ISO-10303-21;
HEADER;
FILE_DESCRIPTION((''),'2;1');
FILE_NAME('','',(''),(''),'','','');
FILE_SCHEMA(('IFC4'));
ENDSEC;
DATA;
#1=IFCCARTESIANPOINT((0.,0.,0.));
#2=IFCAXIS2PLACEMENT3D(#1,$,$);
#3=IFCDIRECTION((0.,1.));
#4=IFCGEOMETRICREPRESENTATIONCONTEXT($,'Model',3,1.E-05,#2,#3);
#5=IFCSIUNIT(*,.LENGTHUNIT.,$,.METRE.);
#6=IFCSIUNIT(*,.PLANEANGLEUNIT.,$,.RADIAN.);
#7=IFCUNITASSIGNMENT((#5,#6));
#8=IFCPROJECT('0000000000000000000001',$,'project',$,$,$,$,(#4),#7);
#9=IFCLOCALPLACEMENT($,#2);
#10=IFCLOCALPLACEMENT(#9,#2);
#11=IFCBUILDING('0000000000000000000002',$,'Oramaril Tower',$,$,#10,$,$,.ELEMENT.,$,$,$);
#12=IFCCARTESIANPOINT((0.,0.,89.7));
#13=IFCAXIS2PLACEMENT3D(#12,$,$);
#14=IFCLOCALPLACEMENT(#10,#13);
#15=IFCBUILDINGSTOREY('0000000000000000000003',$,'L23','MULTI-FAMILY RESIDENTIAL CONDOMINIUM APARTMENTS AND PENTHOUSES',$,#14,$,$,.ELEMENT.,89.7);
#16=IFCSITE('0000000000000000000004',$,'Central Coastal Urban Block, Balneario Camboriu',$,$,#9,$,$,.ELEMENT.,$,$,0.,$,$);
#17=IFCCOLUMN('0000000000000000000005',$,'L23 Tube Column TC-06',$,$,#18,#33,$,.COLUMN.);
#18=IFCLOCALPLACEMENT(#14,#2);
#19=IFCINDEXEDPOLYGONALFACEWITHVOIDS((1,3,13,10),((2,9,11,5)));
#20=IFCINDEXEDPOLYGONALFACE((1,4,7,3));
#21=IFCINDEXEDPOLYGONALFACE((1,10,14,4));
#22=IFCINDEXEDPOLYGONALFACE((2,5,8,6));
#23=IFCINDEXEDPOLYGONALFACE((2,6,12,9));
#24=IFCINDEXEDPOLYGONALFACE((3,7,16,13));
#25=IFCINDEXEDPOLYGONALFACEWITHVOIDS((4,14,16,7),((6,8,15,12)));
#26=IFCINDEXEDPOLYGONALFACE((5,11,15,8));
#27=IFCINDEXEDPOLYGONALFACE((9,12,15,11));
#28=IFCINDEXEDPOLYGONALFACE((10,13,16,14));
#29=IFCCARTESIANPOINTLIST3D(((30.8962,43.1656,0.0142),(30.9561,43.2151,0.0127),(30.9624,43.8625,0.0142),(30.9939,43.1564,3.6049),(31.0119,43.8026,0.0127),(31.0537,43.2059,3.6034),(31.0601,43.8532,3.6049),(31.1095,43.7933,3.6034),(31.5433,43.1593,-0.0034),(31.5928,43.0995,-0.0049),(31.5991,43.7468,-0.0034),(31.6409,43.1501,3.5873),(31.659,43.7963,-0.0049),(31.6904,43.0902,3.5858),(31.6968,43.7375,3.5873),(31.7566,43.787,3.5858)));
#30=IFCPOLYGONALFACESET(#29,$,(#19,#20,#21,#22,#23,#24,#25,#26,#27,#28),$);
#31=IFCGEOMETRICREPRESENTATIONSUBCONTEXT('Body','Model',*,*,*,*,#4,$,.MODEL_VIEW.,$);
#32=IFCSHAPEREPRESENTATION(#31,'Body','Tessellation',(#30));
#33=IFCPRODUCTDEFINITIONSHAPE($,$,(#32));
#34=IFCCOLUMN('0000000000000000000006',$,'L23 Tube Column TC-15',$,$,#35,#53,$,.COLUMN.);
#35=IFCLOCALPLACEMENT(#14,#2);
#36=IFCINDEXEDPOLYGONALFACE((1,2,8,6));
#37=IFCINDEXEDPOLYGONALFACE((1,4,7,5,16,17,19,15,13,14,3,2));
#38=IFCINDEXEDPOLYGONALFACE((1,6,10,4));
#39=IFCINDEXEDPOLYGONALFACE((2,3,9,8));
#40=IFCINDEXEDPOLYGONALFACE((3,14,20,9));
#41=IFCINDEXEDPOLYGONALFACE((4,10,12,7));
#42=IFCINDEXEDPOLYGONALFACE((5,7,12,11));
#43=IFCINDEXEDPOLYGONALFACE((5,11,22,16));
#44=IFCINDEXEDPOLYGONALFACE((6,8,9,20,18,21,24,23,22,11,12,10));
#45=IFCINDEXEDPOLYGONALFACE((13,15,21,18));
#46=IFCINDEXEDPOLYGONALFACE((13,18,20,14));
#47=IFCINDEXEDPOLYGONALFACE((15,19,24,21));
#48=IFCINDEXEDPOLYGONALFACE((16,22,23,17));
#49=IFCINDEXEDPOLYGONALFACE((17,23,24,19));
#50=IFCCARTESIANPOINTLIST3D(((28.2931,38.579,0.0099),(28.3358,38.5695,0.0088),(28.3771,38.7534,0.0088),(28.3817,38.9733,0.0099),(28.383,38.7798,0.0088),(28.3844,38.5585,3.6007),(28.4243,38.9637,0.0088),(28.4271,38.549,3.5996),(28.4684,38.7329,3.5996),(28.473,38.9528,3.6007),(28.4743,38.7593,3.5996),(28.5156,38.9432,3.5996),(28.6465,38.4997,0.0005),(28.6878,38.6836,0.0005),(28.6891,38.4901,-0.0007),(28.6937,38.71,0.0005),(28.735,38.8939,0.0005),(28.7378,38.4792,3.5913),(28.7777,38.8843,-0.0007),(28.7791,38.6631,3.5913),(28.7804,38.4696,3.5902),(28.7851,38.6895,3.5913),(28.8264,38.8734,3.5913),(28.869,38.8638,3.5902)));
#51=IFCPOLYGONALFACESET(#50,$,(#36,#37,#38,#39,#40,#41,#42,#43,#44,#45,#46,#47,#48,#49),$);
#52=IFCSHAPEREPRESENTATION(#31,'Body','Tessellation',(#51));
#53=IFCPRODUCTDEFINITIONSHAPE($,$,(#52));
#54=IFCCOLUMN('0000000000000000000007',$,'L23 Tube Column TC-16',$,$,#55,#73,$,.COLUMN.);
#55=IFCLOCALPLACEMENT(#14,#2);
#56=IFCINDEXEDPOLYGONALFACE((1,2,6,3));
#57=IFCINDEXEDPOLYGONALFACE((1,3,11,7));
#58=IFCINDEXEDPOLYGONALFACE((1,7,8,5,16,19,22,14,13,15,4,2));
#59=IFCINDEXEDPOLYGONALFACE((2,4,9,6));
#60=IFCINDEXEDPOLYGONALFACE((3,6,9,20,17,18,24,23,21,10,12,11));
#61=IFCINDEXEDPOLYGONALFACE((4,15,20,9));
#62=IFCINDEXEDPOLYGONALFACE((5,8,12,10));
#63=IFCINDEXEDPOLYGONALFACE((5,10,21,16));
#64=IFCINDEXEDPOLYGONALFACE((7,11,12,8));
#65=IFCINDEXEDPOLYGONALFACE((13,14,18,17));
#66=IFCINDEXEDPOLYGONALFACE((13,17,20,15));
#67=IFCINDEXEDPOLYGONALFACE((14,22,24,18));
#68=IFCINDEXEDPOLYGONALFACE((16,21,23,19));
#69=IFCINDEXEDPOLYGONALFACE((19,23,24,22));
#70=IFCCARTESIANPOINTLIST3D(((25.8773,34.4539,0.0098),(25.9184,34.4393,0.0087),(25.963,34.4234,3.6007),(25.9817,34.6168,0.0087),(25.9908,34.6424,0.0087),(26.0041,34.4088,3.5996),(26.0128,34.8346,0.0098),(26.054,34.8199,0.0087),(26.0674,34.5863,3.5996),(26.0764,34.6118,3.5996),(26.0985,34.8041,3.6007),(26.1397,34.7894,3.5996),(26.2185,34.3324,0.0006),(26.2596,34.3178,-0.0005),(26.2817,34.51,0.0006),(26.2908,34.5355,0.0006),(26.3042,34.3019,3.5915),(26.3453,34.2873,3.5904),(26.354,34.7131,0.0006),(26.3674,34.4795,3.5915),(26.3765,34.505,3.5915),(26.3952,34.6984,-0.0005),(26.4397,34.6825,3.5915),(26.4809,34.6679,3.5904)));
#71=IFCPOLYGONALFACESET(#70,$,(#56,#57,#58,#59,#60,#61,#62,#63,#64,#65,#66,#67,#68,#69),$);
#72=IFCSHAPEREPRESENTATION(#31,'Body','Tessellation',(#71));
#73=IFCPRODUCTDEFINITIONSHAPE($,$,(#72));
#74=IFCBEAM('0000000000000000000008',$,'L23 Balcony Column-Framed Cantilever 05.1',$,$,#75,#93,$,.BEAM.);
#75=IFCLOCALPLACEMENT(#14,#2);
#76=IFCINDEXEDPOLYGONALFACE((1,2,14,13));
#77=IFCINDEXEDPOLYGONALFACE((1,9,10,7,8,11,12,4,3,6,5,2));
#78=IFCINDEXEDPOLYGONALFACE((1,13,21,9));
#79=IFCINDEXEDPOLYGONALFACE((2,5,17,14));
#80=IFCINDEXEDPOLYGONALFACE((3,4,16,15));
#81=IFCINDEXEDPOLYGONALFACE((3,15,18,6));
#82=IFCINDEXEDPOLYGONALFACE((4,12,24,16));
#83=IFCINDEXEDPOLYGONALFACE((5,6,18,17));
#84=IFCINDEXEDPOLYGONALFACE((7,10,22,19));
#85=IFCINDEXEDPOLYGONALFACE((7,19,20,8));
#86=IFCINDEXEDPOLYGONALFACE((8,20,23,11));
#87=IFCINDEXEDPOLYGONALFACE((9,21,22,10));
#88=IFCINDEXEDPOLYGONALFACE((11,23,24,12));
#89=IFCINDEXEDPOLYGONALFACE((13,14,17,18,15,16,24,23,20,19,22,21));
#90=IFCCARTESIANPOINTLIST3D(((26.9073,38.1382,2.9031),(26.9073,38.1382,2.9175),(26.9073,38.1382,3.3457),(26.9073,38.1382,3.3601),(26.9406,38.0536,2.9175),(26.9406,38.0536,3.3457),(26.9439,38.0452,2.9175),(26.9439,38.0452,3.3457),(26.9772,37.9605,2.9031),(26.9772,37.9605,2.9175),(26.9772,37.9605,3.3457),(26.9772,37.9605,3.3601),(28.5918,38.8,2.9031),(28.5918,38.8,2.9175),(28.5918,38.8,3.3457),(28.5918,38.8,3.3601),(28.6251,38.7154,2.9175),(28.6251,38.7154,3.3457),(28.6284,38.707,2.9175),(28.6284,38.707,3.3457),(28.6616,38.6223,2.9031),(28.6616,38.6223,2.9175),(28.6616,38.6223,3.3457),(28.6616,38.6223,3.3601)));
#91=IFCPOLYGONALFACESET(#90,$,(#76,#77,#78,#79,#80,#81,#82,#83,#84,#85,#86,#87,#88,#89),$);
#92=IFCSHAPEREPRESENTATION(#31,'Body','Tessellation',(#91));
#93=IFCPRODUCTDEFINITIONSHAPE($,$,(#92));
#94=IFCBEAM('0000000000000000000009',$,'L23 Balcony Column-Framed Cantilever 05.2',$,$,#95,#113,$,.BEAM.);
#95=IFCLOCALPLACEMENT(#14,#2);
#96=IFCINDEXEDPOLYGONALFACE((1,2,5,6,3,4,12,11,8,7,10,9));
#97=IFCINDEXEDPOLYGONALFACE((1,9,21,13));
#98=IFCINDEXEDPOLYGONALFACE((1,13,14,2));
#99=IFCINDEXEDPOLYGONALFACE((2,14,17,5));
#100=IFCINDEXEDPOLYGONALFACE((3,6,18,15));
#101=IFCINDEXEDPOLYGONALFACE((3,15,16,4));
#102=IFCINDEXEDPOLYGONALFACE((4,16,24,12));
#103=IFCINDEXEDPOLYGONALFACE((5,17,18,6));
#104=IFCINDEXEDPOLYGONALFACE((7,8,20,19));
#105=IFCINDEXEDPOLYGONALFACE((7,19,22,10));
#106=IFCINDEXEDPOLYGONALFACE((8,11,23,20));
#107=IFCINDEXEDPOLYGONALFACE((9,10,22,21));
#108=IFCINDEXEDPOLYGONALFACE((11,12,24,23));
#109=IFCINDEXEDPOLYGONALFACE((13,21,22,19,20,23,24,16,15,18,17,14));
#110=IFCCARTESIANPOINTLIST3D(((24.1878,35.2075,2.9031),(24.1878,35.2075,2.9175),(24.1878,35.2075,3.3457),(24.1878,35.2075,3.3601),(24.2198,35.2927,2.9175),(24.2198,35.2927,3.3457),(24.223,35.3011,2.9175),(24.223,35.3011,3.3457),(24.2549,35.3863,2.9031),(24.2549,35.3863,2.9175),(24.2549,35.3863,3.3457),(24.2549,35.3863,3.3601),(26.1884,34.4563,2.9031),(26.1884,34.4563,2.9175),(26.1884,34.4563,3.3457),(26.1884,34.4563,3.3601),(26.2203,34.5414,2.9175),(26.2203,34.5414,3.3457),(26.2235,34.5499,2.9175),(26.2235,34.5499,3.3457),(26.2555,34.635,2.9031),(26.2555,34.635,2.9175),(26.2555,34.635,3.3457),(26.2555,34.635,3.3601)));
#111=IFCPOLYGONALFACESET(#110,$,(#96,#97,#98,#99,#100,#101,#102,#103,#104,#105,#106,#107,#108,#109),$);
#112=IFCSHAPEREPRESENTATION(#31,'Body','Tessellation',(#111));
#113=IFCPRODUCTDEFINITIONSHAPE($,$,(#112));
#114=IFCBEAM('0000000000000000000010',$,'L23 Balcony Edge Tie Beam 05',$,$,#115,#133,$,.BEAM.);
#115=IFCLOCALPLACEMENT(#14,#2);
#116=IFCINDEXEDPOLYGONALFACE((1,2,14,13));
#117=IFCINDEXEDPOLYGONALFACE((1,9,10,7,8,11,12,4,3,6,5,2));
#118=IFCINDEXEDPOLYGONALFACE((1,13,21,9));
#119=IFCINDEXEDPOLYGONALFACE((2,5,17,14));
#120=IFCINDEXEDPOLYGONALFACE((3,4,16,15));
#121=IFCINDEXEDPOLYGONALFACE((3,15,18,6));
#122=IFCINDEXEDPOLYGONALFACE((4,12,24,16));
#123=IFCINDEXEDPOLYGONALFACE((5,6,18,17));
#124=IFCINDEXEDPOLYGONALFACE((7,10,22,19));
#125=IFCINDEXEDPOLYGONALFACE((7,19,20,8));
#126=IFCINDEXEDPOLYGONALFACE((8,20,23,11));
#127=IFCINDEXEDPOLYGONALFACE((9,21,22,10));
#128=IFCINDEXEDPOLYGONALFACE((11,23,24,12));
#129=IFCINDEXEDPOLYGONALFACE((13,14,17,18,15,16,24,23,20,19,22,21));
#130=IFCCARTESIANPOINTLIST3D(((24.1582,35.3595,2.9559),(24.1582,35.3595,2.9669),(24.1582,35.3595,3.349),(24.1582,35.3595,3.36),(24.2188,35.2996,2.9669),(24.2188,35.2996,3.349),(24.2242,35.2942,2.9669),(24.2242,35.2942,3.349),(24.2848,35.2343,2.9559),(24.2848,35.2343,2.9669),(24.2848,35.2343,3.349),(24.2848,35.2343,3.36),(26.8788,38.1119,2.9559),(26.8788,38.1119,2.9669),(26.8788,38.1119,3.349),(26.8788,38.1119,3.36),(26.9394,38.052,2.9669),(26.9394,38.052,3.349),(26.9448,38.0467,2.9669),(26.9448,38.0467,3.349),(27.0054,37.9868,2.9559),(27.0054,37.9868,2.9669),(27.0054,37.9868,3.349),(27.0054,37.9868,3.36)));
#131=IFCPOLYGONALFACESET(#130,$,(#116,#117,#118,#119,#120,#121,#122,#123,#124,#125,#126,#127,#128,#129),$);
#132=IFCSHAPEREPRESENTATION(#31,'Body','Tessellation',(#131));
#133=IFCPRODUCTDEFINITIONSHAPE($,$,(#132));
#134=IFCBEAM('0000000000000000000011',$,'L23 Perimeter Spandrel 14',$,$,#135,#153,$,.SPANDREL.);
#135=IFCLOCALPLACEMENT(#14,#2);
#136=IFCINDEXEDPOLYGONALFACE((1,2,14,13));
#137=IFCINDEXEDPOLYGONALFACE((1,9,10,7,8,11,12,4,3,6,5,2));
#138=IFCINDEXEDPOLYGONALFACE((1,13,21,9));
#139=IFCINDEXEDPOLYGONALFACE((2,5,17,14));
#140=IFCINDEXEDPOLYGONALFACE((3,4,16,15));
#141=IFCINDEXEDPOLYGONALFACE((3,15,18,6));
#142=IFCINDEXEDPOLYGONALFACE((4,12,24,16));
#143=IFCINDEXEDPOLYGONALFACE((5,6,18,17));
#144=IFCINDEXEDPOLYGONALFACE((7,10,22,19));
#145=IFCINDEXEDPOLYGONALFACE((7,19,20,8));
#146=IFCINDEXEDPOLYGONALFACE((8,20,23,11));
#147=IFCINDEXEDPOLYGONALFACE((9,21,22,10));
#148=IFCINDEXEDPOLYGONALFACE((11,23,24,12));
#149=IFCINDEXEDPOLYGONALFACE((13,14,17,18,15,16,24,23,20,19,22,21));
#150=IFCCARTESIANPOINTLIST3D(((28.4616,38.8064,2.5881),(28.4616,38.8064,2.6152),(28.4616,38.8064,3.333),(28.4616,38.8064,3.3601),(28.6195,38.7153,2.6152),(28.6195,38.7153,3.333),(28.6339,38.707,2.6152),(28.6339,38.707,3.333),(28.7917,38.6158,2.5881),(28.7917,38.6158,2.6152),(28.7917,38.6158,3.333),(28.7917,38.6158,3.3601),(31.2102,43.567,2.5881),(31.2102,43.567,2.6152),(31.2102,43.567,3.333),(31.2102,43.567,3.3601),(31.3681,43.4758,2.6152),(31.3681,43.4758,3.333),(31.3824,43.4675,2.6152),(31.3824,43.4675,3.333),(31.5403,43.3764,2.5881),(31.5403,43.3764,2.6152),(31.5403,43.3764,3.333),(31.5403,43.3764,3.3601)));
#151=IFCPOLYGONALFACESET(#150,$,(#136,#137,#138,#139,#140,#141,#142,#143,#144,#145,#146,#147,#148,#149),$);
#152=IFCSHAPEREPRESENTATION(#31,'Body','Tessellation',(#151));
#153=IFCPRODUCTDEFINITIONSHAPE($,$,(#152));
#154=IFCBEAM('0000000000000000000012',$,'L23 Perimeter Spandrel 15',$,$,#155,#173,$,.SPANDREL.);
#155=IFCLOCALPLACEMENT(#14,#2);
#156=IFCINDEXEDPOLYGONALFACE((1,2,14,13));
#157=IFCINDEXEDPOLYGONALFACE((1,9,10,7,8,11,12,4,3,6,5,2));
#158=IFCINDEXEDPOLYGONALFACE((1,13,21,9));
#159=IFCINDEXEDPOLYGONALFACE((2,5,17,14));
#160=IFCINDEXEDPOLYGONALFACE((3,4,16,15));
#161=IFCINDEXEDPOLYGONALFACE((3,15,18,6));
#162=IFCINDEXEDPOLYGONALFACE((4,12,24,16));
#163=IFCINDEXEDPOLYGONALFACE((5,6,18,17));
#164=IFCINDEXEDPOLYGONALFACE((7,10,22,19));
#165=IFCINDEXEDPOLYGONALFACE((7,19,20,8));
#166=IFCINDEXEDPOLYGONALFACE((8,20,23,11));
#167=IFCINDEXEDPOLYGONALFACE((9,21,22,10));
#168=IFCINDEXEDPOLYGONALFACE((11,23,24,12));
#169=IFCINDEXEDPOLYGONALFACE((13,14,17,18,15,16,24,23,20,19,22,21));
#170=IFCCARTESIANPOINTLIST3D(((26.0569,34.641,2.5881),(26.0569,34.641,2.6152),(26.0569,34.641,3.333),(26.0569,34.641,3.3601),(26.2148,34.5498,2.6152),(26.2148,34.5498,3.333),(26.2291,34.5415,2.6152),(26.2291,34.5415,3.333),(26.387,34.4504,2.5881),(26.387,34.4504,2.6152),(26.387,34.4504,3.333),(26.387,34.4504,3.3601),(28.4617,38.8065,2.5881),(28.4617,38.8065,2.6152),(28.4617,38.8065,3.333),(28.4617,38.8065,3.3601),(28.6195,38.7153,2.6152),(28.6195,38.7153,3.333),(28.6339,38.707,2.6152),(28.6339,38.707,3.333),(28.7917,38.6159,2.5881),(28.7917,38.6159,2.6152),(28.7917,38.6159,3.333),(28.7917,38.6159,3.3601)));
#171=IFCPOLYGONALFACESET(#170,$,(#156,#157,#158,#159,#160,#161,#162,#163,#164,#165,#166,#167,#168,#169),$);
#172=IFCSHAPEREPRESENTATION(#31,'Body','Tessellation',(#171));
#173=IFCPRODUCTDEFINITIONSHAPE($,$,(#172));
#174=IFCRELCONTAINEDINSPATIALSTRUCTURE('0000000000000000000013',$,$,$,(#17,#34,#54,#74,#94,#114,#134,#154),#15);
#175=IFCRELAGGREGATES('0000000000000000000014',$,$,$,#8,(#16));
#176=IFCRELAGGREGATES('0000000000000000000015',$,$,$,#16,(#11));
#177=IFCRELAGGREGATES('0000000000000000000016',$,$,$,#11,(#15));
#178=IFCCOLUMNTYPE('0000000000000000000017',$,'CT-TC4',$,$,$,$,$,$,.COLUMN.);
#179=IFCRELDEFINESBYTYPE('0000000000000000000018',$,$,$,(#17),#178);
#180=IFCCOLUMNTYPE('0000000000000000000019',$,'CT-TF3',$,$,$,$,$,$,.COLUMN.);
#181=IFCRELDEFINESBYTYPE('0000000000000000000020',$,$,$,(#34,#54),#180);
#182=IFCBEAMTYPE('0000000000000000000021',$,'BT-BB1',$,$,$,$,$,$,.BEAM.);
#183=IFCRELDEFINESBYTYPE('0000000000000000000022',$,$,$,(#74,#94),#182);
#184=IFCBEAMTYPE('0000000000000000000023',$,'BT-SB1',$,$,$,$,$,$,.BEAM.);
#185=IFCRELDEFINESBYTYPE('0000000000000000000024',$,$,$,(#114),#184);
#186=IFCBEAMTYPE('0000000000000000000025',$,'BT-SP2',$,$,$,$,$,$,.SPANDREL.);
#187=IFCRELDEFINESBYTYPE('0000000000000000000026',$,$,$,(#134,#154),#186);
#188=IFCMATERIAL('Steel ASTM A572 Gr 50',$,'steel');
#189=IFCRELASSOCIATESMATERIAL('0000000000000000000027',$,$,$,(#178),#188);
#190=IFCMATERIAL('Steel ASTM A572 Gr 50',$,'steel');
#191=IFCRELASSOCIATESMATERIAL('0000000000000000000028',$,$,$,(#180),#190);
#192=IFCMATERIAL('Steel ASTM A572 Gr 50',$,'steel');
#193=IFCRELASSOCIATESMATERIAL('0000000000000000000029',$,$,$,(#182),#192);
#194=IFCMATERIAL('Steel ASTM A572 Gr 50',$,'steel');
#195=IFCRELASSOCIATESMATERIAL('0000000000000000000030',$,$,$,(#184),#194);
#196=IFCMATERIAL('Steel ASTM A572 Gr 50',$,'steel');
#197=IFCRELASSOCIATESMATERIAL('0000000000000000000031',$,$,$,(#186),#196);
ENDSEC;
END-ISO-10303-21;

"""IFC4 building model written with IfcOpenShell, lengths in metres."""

from ifc_helpers import new_model, si_unit, direction, frame, origin, origin_2d, place, context, subcontext, project, spatial, hollow_rectangle, i_section, extrude, material, material_profile, profile_set, type_object, element, save


model = new_model("IFC4")

# Units and contexts
model_context = context("Model", 3, precision=1e-05, world=origin(), true_north=direction((0.0, 1.0)))
body_context = subcontext(model_context, "Body", "Model", "MODEL_VIEW")
ifc_project = project(units=[si_unit("LENGTHUNIT", "METRE"), si_unit("PLANEANGLEUNIT", "RADIAN")], contexts=[model_context])

# Site, building, storey
site_placement = place(None, origin())
site = spatial("IfcSite", under=ifc_project, at=site_placement, Name="Central Coastal Urban Block, Balneario Camboriu", CompositionType="ELEMENT", RefElevation=0.0)
building_placement = place(site_placement, origin())
building = spatial("IfcBuilding", under=site, at=building_placement, Name="Oramaril Tower", CompositionType="ELEMENT")
storey_placement = place(building_placement, frame((0.0, 0.0, 89.7)))
storey = spatial("IfcBuildingStorey", under=building, at=storey_placement, Name="L23", Description="MULTI-FAMILY RESIDENTIAL CONDOMINIUM APARTMENTS AND PENTHOUSES", CompositionType="ELEMENT", Elevation=89.7)

# Columns
ifc_material_1 = material(Name="Steel ASTM A572 Gr 50", Category="steel")
ifc_material_profile_1 = material_profile(ifc_material_1, hollow_rectangle(XDim=0.7, YDim=0.7, WallThickness=0.0549, at=origin_2d()), Name="BOX700X700X55")
ifc_profile_set_1 = profile_set([ifc_material_profile_1], Name="Steel ASTM A572 Gr 50")
column_type_1 = type_object("IfcColumnType", Name="CT-TC4", PredefinedType="COLUMN", material=ifc_profile_set_1)
column_placement = place(storey_placement, frame((31.2776, 43.481, 0.0046), z_axis=(0.027186, -0.002583, 0.999627), x_axis=(0.094574, 0.995518, 0.0)))
element("IfcColumn", 1, at=column_placement, inside=storey, type_object=column_type_1, Name="L23 Tube Column TC-06", PredefinedType="COLUMN", context=body_context, shape_type="SweptSolid", body=[
    extrude(hollow_rectangle(XDim=0.7, YDim=0.7, WallThickness=0.0549, at=origin_2d()), origin(), (0.0, 0.0, 1.0), 3.592),
])
ifc_material_2 = material(Name="Steel ASTM A572 Gr 50", Category="steel")
ifc_material_profile_2 = material_profile(ifc_material_2, i_section(OverallWidth=0.4041, OverallDepth=0.406, WebThickness=0.0271, FlangeThickness=0.0437, at=origin_2d()), Name="W14X233")
ifc_profile_set_2 = profile_set([ifc_material_profile_2], Name="Steel ASTM A572 Gr 50")
column_type_2 = type_object("IfcColumnType", Name="CT-TF3", PredefinedType="COLUMN", material=ifc_profile_set_2)
for number, where, z_axis, x_axis, name in (
    (2, (28.5354, 38.7317, 0.0046), (0.02542, -0.005709, 0.999661), (0.21914, 0.975693, 0.0), "L23 Tube Column TC-15"),
    (3, (26.1362, 34.5762, 0.0046), (0.023857, -0.008496, 0.999679), (0.335486, 0.942045, 0.0), "L23 Tube Column TC-16"),
):
    element("IfcColumn", number, at=place(storey_placement, frame(where, z_axis=z_axis, x_axis=x_axis)), inside=storey, type_object=column_type_2, Name=name, PredefinedType="COLUMN", context=body_context, shape_type="SweptSolid", body=[
        extrude(i_section(OverallWidth=0.4041, OverallDepth=0.406, WebThickness=0.0271, FlangeThickness=0.0437, at=origin_2d()), origin(), (0.0, 0.0, 1.0), 3.592),
    ])

# Beams
ifc_material_3 = material(Name="Steel ASTM A572 Gr 50", Category="steel")
ifc_material_profile_3 = material_profile(ifc_material_3, i_section(OverallWidth=0.1909, OverallDepth=0.457, WebThickness=0.009, FlangeThickness=0.0144, at=origin_2d()), Name="W18X50")
ifc_profile_set_3 = profile_set([ifc_material_profile_3], Name="Steel ASTM A572 Gr 50")
beam_type_1 = type_object("IfcBeamType", Name="BT-BB1", PredefinedType="BEAM", material=ifc_profile_set_3)
beam_1_placement = place(storey_placement, frame((28.6267, 38.7112, 3.1316), z_axis=(-0.930738, -0.365686, 0.0), x_axis=(0.365686, -0.930738, 0.0)))
element("IfcBeam", 4, at=beam_1_placement, inside=storey, type_object=beam_type_1, Name="L23 Balcony Column-Framed Cantilever 05.1", PredefinedType="BEAM", context=body_context, shape_type="SweptSolid", body=[
    extrude(i_section(OverallWidth=0.1909, OverallDepth=0.457, WebThickness=0.009, FlangeThickness=0.0144, at=origin_2d()), origin(), (0.0, 0.0, 1.0), 1.8098),
])
beam_2_placement = place(storey_placement, frame((26.2219, 34.5457, 3.1316), z_axis=(-0.936169, 0.351549, 0.0), x_axis=(-0.351549, -0.936169, 0.0)))
element("IfcBeam", 5, at=beam_2_placement, inside=storey, type_object=beam_type_1, Name="L23 Balcony Column-Framed Cantilever 05.2", PredefinedType="BEAM", context=body_context, shape_type="SweptSolid", body=[
    extrude(i_section(OverallWidth=0.1909, OverallDepth=0.457, WebThickness=0.009, FlangeThickness=0.0144, at=origin_2d()), origin(), (0.0, 0.0, 1.0), 2.137),
])
ifc_material_4 = material(Name="Steel ASTM A572 Gr 50", Category="steel")
ifc_material_profile_4 = material_profile(ifc_material_4, i_section(OverallWidth=0.178, OverallDepth=0.4041, WebThickness=0.0076, FlangeThickness=0.011, at=origin_2d()), Name="W16X36")
ifc_profile_set_4 = profile_set([ifc_material_profile_4], Name="Steel ASTM A572 Gr 50")
beam_type_2 = type_object("IfcBeamType", Name="BT-SB1", PredefinedType="BEAM", material=ifc_profile_set_4)
beam_3_placement = place(storey_placement, frame((26.9421, 38.0493, 3.158), z_axis=(-0.702995, -0.711195, 0.0), x_axis=(0.711195, -0.702995, 0.0)))
element("IfcBeam", 6, at=beam_3_placement, inside=storey, type_object=beam_type_2, Name="L23 Balcony Edge Tie Beam 05", PredefinedType="BEAM", context=body_context, shape_type="SweptSolid", body=[
    extrude(i_section(OverallWidth=0.178, OverallDepth=0.4041, WebThickness=0.0076, FlangeThickness=0.011, at=origin_2d()), origin(), (0.0, 0.0, 1.0), 3.8701),
])
ifc_material_5 = material(Name="Steel ASTM A572 Gr 50", Category="steel")
ifc_material_profile_5 = material_profile(ifc_material_5, i_section(OverallWidth=0.3811, OverallDepth=0.772, WebThickness=0.0166, FlangeThickness=0.0271, at=origin_2d()), Name="W30X173")
ifc_profile_set_5 = profile_set([ifc_material_profile_5], Name="Steel ASTM A572 Gr 50")
beam_type_3 = type_object("IfcBeamType", Name="BT-SP2", PredefinedType="SPANDREL", material=ifc_profile_set_5)
beam_4_placement = place(storey_placement, frame((31.3752, 43.4717, 2.9741), z_axis=(-0.500008, -0.866021, 0.0), x_axis=(0.866021, -0.500008, 0.0)))
element("IfcBeam", 7, at=beam_4_placement, inside=storey, type_object=beam_type_3, Name="L23 Perimeter Spandrel 14", PredefinedType="SPANDREL", context=body_context, shape_type="SweptSolid", body=[
    extrude(i_section(OverallWidth=0.3811, OverallDepth=0.772, WebThickness=0.0166, FlangeThickness=0.0271, at=origin_2d()), origin(), (0.0, 0.0, 1.0), 5.4971),
])
beam_5_placement = place(storey_placement, frame((28.6267, 38.7112, 2.9741), z_axis=(-0.499971, -0.866042, 0.0), x_axis=(0.866042, -0.499971, 0.0)))
element("IfcBeam", 8, at=beam_5_placement, inside=storey, type_object=beam_type_3, Name="L23 Perimeter Spandrel 15", PredefinedType="SPANDREL", context=body_context, shape_type="SweptSolid", body=[
    extrude(i_section(OverallWidth=0.3811, OverallDepth=0.772, WebThickness=0.0166, FlangeThickness=0.0271, at=origin_2d()), origin(), (0.0, 0.0, 1.0), 4.8098),
])

save(model, "model.ifc")
